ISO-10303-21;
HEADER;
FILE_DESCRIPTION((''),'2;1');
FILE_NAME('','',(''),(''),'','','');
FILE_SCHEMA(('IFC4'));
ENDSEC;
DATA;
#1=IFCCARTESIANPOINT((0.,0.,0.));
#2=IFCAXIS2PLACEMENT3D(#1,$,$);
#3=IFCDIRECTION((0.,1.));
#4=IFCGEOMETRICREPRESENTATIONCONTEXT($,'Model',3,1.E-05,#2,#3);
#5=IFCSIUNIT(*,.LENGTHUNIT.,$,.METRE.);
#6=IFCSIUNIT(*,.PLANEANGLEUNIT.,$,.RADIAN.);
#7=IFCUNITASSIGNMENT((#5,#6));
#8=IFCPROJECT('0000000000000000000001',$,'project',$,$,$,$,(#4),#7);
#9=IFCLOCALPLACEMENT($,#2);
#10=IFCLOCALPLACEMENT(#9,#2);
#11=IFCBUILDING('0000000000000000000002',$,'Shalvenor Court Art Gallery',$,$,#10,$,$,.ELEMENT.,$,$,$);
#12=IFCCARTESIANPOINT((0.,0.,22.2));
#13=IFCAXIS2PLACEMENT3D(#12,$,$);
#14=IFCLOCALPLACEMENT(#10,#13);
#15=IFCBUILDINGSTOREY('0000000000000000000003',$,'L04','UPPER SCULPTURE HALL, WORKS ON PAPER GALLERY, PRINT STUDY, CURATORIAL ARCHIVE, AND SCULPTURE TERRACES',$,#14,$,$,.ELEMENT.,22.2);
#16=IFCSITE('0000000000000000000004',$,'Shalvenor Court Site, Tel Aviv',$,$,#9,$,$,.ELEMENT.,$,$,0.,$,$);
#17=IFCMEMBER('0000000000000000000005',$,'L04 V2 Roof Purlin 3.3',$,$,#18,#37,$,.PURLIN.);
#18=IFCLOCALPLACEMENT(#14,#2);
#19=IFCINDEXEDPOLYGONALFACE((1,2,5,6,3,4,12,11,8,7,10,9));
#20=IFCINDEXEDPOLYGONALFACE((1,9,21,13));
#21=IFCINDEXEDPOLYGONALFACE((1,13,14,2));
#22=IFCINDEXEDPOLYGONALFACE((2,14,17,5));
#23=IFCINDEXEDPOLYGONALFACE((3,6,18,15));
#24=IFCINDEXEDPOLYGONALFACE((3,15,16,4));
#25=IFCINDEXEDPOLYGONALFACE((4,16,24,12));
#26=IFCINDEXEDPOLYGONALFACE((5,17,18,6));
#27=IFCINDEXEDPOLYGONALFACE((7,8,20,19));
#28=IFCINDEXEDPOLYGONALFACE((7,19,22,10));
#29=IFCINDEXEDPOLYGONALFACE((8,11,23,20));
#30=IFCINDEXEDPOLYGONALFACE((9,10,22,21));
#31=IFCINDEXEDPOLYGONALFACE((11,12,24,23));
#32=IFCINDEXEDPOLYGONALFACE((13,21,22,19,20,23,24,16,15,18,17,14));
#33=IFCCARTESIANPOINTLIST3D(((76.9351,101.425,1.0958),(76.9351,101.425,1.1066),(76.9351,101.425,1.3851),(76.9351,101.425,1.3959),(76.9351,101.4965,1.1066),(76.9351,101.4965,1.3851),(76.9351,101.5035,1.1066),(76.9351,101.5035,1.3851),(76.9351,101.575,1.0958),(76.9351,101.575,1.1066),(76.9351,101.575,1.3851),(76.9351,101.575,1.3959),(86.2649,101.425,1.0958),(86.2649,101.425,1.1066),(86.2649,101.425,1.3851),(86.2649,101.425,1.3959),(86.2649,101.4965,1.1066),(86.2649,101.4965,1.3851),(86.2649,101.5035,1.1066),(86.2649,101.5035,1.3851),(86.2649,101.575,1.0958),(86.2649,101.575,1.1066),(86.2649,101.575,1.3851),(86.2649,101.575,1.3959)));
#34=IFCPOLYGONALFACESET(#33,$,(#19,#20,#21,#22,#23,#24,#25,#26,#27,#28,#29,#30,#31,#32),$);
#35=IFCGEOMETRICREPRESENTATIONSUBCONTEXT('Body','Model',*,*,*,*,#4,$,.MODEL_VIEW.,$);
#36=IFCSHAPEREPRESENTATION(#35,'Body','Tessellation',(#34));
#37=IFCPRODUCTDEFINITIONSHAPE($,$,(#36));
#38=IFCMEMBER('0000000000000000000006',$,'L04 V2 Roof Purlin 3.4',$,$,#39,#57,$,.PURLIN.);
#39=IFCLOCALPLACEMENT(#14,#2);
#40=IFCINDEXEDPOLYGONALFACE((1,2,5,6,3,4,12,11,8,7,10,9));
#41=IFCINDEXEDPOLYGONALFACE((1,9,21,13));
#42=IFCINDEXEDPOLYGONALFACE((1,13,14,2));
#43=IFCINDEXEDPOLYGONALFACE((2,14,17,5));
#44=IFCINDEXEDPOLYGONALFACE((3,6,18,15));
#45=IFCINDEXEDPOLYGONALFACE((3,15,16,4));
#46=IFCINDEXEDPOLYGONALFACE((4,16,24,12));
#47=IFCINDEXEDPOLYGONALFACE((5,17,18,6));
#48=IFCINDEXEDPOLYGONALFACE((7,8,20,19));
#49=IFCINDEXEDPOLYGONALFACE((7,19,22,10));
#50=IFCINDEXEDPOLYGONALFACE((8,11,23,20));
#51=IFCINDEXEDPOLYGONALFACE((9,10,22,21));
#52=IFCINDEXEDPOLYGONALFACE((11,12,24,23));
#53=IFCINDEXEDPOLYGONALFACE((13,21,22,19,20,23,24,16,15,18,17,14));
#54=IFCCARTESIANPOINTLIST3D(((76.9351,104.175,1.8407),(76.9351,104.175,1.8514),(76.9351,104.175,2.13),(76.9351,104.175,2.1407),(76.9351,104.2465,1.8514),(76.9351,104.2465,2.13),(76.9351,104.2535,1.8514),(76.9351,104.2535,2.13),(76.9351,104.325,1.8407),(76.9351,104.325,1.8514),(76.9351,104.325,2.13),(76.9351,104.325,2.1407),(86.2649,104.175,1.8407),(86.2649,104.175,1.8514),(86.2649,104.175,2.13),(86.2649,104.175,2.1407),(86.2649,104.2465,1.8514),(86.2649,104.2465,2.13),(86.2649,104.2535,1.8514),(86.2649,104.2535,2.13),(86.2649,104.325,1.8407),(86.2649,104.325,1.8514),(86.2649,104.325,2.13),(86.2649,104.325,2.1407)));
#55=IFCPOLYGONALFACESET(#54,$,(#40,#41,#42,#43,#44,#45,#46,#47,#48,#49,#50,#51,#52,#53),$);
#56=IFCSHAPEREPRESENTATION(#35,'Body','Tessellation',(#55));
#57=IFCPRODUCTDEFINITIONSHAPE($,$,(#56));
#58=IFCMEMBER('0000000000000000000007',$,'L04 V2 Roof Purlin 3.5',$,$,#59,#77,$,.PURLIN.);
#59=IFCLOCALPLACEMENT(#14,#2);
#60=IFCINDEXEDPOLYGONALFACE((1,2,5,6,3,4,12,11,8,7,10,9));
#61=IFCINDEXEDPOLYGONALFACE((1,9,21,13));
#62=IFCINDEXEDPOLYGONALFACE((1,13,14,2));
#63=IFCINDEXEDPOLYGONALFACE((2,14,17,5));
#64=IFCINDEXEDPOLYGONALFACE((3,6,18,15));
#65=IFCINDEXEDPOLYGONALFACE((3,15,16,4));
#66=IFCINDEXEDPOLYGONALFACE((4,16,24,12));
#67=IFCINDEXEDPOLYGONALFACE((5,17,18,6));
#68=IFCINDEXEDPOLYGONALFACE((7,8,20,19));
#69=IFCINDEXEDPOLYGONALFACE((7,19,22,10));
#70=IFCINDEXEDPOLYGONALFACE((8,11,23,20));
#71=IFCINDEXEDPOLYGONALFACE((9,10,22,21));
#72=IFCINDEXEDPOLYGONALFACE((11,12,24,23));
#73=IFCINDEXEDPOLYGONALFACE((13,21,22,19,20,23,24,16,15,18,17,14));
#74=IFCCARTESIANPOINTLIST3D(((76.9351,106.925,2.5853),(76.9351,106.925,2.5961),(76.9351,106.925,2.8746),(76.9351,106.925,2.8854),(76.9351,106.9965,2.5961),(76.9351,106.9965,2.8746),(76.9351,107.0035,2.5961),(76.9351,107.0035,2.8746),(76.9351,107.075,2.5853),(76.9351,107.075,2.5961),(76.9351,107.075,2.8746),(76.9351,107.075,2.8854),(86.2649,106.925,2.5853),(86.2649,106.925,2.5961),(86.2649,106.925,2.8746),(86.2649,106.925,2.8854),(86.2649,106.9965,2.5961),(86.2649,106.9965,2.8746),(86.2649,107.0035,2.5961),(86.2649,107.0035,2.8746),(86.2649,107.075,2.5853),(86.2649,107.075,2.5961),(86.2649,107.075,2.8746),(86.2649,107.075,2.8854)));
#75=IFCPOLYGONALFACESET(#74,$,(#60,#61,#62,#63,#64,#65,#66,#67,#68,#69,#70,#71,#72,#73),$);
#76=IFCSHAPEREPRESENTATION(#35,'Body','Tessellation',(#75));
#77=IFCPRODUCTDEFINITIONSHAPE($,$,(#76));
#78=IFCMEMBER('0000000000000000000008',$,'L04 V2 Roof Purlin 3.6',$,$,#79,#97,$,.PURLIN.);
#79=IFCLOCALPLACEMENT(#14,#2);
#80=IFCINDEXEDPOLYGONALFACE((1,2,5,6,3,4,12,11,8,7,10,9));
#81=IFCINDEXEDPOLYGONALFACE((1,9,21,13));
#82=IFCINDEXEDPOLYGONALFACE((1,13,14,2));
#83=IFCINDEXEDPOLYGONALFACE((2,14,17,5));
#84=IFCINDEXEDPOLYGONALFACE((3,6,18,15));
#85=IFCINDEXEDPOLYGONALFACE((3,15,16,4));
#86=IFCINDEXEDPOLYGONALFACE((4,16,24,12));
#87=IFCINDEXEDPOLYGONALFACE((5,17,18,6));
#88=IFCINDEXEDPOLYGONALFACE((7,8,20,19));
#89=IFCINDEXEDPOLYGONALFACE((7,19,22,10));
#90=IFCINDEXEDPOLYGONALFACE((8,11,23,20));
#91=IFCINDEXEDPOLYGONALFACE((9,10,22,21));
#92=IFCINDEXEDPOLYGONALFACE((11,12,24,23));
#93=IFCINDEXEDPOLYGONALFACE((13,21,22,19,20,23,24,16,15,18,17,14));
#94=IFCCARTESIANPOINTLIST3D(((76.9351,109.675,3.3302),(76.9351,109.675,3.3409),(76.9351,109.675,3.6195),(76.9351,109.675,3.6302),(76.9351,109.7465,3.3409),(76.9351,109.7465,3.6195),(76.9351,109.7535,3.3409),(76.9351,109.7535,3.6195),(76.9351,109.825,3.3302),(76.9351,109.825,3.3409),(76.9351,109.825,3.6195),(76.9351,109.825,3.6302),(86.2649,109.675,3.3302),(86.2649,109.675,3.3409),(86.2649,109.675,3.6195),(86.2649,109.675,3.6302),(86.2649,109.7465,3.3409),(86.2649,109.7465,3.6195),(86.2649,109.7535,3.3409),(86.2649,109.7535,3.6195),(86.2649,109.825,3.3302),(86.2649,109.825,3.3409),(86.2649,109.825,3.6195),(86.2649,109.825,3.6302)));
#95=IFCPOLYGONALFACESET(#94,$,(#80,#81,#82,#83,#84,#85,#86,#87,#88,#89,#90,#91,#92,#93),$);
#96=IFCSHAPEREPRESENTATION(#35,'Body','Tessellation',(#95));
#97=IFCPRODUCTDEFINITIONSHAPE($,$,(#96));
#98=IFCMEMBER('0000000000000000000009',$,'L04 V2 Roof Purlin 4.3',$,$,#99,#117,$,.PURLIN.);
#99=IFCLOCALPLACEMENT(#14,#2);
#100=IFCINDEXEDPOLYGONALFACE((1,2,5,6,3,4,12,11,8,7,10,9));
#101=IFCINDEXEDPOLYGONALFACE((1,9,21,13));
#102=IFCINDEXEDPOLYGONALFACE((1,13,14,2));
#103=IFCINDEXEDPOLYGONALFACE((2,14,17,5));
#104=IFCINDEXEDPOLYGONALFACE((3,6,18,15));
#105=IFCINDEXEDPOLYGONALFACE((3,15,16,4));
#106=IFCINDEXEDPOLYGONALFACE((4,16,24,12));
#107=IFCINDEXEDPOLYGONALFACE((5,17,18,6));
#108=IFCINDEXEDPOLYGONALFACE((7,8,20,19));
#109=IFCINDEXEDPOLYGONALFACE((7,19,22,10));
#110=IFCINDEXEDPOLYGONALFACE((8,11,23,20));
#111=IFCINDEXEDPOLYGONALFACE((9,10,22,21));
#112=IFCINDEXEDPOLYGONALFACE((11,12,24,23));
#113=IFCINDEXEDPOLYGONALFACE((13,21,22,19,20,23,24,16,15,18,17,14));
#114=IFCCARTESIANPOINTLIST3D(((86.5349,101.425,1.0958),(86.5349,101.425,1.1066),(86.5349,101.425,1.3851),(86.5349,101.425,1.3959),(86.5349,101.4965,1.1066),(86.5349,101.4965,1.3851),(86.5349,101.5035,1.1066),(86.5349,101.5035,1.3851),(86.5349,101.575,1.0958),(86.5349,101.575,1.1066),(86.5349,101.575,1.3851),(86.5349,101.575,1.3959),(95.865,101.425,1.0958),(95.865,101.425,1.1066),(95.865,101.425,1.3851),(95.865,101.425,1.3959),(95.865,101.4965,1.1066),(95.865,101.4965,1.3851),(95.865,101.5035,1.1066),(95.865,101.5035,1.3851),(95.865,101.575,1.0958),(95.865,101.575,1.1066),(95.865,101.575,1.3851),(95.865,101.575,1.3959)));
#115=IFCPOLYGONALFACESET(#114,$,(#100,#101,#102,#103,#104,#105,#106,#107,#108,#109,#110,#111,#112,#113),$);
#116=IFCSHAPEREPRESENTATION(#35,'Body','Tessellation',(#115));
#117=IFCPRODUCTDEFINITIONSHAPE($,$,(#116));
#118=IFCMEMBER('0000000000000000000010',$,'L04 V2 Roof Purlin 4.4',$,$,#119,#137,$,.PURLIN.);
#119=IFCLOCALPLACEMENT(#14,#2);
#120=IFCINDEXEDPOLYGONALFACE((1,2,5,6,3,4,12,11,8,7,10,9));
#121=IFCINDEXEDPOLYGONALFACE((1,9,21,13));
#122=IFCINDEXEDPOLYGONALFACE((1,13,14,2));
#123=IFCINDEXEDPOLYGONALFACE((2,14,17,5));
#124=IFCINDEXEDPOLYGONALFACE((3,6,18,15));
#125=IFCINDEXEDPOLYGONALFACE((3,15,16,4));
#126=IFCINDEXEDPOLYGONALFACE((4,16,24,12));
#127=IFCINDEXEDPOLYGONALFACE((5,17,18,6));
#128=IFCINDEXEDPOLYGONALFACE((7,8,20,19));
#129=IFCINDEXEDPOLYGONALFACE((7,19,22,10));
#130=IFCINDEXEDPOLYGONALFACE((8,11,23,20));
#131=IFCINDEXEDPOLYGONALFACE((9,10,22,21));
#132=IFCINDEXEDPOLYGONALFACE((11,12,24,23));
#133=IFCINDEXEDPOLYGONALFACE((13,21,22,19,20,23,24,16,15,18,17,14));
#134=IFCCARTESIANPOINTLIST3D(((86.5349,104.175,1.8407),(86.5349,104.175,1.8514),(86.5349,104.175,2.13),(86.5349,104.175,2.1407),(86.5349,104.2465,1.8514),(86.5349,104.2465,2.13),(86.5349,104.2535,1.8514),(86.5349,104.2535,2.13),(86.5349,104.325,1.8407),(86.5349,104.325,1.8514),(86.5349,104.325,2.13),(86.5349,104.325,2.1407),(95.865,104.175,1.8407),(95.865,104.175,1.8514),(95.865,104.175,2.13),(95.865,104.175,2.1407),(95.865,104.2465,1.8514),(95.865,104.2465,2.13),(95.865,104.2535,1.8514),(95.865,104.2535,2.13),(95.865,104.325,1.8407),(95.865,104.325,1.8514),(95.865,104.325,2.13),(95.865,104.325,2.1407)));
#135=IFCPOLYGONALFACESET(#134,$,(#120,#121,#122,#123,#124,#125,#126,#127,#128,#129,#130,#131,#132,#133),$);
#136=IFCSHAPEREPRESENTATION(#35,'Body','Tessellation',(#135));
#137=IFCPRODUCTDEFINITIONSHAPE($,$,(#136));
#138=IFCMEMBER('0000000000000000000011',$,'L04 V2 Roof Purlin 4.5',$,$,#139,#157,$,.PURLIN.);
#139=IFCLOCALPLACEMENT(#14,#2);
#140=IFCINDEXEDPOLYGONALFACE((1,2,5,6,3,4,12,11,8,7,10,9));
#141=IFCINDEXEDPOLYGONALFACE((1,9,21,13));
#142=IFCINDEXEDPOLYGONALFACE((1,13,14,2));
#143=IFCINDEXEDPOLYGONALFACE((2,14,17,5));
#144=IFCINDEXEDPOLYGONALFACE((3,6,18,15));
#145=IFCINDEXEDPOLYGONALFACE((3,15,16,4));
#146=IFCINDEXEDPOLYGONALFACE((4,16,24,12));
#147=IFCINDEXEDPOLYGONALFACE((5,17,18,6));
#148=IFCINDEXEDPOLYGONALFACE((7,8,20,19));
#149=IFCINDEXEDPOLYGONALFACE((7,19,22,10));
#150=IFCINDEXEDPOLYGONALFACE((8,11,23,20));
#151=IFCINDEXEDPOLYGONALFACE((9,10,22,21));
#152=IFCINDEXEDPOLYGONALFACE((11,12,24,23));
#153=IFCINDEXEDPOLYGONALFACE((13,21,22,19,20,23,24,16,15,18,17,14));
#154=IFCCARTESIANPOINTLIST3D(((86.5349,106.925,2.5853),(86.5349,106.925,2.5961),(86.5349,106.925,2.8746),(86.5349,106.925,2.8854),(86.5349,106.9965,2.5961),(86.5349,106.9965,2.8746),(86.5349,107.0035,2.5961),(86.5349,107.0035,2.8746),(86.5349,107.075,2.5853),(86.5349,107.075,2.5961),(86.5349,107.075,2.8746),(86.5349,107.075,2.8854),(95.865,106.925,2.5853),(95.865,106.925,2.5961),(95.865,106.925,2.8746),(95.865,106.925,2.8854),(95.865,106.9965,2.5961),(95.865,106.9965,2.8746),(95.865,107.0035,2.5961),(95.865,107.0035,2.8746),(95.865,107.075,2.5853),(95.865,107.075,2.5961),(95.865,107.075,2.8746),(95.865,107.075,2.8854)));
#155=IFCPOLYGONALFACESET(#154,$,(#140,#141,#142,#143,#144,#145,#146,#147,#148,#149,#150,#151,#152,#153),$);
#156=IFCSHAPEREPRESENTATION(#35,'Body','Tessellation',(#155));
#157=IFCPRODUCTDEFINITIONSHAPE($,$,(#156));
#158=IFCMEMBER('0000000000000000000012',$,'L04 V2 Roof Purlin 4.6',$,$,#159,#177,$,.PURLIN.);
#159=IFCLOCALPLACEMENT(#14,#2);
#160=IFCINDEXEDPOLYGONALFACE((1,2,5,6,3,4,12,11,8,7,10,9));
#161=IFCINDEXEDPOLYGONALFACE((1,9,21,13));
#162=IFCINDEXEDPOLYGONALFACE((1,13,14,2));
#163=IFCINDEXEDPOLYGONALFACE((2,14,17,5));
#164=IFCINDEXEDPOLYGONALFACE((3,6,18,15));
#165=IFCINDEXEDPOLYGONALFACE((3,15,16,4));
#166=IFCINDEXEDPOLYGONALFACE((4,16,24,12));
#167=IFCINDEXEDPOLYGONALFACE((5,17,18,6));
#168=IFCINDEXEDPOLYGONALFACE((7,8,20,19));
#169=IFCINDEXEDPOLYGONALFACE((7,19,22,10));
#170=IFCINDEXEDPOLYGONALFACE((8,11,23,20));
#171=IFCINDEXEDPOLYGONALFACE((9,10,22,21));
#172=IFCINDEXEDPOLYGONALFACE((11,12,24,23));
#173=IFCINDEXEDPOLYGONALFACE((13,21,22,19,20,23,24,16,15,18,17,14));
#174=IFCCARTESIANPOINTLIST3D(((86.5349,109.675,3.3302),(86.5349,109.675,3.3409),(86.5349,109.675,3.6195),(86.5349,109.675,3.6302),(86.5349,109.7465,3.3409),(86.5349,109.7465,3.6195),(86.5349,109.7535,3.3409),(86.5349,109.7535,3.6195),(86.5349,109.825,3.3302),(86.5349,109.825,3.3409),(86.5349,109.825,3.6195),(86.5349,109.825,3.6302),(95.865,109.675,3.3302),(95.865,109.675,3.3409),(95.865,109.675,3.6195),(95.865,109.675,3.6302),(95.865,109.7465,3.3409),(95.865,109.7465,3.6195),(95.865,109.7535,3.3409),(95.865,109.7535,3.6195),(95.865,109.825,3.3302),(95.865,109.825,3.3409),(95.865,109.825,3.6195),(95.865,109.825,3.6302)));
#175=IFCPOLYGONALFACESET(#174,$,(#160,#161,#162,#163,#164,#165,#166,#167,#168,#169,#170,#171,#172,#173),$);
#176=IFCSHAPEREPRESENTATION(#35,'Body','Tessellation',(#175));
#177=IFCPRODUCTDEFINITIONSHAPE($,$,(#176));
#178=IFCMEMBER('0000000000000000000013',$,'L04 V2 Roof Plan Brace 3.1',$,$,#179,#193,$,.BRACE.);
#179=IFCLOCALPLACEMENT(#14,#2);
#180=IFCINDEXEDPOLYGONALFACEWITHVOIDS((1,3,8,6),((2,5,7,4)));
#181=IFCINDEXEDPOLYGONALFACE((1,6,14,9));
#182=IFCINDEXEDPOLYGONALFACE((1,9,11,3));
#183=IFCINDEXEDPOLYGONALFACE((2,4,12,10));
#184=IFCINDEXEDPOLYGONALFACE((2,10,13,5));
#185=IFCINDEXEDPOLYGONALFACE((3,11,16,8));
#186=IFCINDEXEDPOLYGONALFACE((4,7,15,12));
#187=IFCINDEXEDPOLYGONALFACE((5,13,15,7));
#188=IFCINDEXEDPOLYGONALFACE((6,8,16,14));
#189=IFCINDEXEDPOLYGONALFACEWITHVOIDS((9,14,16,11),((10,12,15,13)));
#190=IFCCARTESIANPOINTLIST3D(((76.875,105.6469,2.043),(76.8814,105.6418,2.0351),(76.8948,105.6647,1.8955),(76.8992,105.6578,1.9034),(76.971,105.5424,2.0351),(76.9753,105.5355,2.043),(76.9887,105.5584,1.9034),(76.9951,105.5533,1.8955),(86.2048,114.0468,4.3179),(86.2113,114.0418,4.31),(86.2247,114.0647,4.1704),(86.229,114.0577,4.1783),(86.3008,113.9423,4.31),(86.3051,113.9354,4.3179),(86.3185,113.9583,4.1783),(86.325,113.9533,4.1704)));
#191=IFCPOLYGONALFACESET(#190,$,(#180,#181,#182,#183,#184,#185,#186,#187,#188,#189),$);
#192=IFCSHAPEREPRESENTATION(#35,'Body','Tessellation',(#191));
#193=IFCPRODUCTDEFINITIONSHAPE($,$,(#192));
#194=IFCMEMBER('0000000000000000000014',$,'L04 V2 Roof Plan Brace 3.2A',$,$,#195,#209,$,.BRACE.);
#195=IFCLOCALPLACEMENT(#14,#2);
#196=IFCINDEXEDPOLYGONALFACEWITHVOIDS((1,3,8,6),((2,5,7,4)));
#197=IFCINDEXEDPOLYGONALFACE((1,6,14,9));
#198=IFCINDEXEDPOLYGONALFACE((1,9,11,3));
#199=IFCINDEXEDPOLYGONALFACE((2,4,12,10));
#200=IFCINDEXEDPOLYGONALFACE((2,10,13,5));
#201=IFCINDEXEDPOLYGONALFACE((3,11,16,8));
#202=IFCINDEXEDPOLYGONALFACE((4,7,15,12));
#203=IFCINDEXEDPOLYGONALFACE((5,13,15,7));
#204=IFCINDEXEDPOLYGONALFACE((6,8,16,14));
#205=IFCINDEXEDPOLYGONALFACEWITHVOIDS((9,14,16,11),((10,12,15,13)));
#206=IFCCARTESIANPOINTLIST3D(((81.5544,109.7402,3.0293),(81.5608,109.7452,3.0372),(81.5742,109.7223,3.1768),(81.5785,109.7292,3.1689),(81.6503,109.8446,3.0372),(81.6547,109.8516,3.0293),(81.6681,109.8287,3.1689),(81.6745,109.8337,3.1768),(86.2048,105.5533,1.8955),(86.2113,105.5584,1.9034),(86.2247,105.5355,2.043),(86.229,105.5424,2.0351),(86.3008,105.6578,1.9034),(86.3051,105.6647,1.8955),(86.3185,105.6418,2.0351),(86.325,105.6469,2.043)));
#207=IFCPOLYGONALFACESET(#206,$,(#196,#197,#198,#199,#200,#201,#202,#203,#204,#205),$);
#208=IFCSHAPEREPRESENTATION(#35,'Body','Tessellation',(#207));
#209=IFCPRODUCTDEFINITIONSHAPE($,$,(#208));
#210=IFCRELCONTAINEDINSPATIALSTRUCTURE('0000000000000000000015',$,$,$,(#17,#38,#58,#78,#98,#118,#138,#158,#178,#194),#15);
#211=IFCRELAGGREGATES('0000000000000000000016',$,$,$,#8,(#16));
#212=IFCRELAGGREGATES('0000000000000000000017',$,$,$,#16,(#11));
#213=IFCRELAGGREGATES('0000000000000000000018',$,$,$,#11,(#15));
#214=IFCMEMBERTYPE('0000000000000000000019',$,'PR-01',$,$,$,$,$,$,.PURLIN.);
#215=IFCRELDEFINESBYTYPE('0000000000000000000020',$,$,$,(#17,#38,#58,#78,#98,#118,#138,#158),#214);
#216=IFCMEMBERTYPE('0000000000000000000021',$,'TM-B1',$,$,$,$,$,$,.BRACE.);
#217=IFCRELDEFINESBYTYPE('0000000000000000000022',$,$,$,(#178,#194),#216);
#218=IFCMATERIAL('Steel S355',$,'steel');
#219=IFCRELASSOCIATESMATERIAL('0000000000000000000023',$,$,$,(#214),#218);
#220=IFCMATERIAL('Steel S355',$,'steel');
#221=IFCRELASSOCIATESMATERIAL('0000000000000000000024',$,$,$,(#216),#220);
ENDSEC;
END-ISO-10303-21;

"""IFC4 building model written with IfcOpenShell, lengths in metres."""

from ifc_helpers import new_model, si_unit, direction, frame, origin, origin_2d, place, context, subcontext, project, spatial, hollow_rectangle, i_section, extrude, material, material_profile, profile_set, type_object, element, save


model = new_model("IFC4")

# Units and contexts
model_context = context("Model", 3, precision=1e-05, world=origin(), true_north=direction((0.0, 1.0)))
body_context = subcontext(model_context, "Body", "Model", "MODEL_VIEW")
ifc_project = project(units=[si_unit("LENGTHUNIT", "METRE"), si_unit("PLANEANGLEUNIT", "RADIAN")], contexts=[model_context])

# Site, building, storey
site_placement = place(None, origin())
site = spatial("IfcSite", under=ifc_project, at=site_placement, Name="Shalvenor Court Site, Tel Aviv", CompositionType="ELEMENT", RefElevation=0.0)
building_placement = place(site_placement, origin())
building = spatial("IfcBuilding", under=site, at=building_placement, Name="Shalvenor Court Art Gallery", CompositionType="ELEMENT")
storey_placement = place(building_placement, frame((0.0, 0.0, 22.2)))
storey = spatial("IfcBuildingStorey", under=building, at=storey_placement, Name="L04", Description="UPPER SCULPTURE HALL, WORKS ON PAPER GALLERY, PRINT STUDY, CURATORIAL ARCHIVE, AND SCULPTURE TERRACES", CompositionType="ELEMENT", Elevation=22.2)

# Members
ifc_material_1 = material(Name="Steel S355", Category="steel")
ifc_material_profile_1 = material_profile(ifc_material_1, i_section(OverallWidth=0.1499, OverallDepth=0.3, WebThickness=0.0071, FlangeThickness=0.0107, at=origin_2d()), Name="IPE 300")
ifc_profile_set_1 = profile_set([ifc_material_profile_1], Name="Steel S355")
member_type_1 = type_object("IfcMemberType", Name="PR-01", PredefinedType="PURLIN", material=ifc_profile_set_1)
for number, where, z_axis, x_axis, name in (
    (1, (76.9351, 101.5, 1.2458), (1.0, 0.0, 0.0), (0.0, 1.0, 0.0), "L04 V2 Roof Purlin 3.3"),
    (2, (76.9351, 104.25, 1.9907), (1.0, 0.0, 0.0), (0.0, 1.0, 0.0), "L04 V2 Roof Purlin 3.4"),
    (3, (76.9351, 107.0, 2.7354), (1.0, 0.0, 0.0), (0.0, 1.0, 0.0), "L04 V2 Roof Purlin 3.5"),
    (4, (76.9351, 109.75, 3.4802), (1.0, 0.0, 0.0), (0.0, 1.0, 0.0), "L04 V2 Roof Purlin 3.6"),
):
    element("IfcMember", number, at=place(storey_placement, frame(where, z_axis=z_axis, x_axis=x_axis)), inside=storey, type_object=member_type_1, Name=name, PredefinedType="PURLIN", context=body_context, shape_type="SweptSolid", body=[
        extrude(i_section(OverallWidth=0.1499, OverallDepth=0.3, WebThickness=0.0071, FlangeThickness=0.0107, at=origin_2d()), origin(), (0.0, 0.0, 1.0), 9.3298),
    ])
for number, where, z_axis, x_axis, name in (
    (5, (86.5349, 101.5, 1.2458), (1.0, 0.0, 0.0), (0.0, 1.0, 0.0), "L04 V2 Roof Purlin 4.3"),
    (6, (86.5349, 104.25, 1.9907), (1.0, 0.0, 0.0), (0.0, 1.0, 0.0), "L04 V2 Roof Purlin 4.4"),
    (7, (86.5349, 107.0, 2.7354), (1.0, 0.0, 0.0), (0.0, 1.0, 0.0), "L04 V2 Roof Purlin 4.5"),
    (8, (86.5349, 109.75, 3.4802), (1.0, 0.0, 0.0), (0.0, 1.0, 0.0), "L04 V2 Roof Purlin 4.6"),
):
    element("IfcMember", number, at=place(storey_placement, frame(where, z_axis=z_axis, x_axis=x_axis)), inside=storey, type_object=member_type_1, Name=name, PredefinedType="PURLIN", context=body_context, shape_type="SweptSolid", body=[
        extrude(i_section(OverallWidth=0.1499, OverallDepth=0.3, WebThickness=0.0071, FlangeThickness=0.0107, at=origin_2d()), origin(), (0.0, 0.0, 1.0), 9.3301),
    ])
ifc_material_2 = material(Name="Steel S355", Category="steel")
ifc_material_profile_2 = material_profile(ifc_material_2, hollow_rectangle(XDim=0.1499, YDim=0.1499, WallThickness=0.0081, at=origin_2d()), Name="SHS 150x150x8.0")
ifc_profile_set_2 = profile_set([ifc_material_profile_2], Name="Steel S355")
member_type_2 = type_object("IfcMemberType", Name="TM-B1", PredefinedType="BRACE", material=ifc_profile_set_2)
member_1_placement = place(storey_placement, frame((76.9351, 105.6001, 1.9692), z_axis=(0.731264, 0.658377, 0.178305), x_axis=(-0.669099, 0.743173, 0.0)))
element("IfcMember", 9, at=member_1_placement, inside=storey, type_object=member_type_2, Name="L04 V2 Roof Plan Brace 3.1", PredefinedType="BRACE", context=body_context, shape_type="SweptSolid", body=[
    extrude(hollow_rectangle(XDim=0.1499, YDim=0.1499, WallThickness=0.0081, at=origin_2d()), origin(), (0.0, 0.0, 1.0), 12.7585),
])
member_2_placement = place(storey_placement, frame((86.2649, 105.6001, 1.9692), z_axis=(-0.731275, 0.65837, 0.178288), x_axis=(-0.66909, -0.743182, 0.0)))
element("IfcMember", 10, at=member_2_placement, inside=storey, type_object=member_type_2, Name="L04 V2 Roof Plan Brace 3.2A", PredefinedType="BRACE", context=body_context, shape_type="SweptSolid", body=[
    extrude(hollow_rectangle(XDim=0.1499, YDim=0.1499, WallThickness=0.0081, at=origin_2d()), origin(), (0.0, 0.0, 1.0), 6.3594),
])

save(model, "model.ifc")
